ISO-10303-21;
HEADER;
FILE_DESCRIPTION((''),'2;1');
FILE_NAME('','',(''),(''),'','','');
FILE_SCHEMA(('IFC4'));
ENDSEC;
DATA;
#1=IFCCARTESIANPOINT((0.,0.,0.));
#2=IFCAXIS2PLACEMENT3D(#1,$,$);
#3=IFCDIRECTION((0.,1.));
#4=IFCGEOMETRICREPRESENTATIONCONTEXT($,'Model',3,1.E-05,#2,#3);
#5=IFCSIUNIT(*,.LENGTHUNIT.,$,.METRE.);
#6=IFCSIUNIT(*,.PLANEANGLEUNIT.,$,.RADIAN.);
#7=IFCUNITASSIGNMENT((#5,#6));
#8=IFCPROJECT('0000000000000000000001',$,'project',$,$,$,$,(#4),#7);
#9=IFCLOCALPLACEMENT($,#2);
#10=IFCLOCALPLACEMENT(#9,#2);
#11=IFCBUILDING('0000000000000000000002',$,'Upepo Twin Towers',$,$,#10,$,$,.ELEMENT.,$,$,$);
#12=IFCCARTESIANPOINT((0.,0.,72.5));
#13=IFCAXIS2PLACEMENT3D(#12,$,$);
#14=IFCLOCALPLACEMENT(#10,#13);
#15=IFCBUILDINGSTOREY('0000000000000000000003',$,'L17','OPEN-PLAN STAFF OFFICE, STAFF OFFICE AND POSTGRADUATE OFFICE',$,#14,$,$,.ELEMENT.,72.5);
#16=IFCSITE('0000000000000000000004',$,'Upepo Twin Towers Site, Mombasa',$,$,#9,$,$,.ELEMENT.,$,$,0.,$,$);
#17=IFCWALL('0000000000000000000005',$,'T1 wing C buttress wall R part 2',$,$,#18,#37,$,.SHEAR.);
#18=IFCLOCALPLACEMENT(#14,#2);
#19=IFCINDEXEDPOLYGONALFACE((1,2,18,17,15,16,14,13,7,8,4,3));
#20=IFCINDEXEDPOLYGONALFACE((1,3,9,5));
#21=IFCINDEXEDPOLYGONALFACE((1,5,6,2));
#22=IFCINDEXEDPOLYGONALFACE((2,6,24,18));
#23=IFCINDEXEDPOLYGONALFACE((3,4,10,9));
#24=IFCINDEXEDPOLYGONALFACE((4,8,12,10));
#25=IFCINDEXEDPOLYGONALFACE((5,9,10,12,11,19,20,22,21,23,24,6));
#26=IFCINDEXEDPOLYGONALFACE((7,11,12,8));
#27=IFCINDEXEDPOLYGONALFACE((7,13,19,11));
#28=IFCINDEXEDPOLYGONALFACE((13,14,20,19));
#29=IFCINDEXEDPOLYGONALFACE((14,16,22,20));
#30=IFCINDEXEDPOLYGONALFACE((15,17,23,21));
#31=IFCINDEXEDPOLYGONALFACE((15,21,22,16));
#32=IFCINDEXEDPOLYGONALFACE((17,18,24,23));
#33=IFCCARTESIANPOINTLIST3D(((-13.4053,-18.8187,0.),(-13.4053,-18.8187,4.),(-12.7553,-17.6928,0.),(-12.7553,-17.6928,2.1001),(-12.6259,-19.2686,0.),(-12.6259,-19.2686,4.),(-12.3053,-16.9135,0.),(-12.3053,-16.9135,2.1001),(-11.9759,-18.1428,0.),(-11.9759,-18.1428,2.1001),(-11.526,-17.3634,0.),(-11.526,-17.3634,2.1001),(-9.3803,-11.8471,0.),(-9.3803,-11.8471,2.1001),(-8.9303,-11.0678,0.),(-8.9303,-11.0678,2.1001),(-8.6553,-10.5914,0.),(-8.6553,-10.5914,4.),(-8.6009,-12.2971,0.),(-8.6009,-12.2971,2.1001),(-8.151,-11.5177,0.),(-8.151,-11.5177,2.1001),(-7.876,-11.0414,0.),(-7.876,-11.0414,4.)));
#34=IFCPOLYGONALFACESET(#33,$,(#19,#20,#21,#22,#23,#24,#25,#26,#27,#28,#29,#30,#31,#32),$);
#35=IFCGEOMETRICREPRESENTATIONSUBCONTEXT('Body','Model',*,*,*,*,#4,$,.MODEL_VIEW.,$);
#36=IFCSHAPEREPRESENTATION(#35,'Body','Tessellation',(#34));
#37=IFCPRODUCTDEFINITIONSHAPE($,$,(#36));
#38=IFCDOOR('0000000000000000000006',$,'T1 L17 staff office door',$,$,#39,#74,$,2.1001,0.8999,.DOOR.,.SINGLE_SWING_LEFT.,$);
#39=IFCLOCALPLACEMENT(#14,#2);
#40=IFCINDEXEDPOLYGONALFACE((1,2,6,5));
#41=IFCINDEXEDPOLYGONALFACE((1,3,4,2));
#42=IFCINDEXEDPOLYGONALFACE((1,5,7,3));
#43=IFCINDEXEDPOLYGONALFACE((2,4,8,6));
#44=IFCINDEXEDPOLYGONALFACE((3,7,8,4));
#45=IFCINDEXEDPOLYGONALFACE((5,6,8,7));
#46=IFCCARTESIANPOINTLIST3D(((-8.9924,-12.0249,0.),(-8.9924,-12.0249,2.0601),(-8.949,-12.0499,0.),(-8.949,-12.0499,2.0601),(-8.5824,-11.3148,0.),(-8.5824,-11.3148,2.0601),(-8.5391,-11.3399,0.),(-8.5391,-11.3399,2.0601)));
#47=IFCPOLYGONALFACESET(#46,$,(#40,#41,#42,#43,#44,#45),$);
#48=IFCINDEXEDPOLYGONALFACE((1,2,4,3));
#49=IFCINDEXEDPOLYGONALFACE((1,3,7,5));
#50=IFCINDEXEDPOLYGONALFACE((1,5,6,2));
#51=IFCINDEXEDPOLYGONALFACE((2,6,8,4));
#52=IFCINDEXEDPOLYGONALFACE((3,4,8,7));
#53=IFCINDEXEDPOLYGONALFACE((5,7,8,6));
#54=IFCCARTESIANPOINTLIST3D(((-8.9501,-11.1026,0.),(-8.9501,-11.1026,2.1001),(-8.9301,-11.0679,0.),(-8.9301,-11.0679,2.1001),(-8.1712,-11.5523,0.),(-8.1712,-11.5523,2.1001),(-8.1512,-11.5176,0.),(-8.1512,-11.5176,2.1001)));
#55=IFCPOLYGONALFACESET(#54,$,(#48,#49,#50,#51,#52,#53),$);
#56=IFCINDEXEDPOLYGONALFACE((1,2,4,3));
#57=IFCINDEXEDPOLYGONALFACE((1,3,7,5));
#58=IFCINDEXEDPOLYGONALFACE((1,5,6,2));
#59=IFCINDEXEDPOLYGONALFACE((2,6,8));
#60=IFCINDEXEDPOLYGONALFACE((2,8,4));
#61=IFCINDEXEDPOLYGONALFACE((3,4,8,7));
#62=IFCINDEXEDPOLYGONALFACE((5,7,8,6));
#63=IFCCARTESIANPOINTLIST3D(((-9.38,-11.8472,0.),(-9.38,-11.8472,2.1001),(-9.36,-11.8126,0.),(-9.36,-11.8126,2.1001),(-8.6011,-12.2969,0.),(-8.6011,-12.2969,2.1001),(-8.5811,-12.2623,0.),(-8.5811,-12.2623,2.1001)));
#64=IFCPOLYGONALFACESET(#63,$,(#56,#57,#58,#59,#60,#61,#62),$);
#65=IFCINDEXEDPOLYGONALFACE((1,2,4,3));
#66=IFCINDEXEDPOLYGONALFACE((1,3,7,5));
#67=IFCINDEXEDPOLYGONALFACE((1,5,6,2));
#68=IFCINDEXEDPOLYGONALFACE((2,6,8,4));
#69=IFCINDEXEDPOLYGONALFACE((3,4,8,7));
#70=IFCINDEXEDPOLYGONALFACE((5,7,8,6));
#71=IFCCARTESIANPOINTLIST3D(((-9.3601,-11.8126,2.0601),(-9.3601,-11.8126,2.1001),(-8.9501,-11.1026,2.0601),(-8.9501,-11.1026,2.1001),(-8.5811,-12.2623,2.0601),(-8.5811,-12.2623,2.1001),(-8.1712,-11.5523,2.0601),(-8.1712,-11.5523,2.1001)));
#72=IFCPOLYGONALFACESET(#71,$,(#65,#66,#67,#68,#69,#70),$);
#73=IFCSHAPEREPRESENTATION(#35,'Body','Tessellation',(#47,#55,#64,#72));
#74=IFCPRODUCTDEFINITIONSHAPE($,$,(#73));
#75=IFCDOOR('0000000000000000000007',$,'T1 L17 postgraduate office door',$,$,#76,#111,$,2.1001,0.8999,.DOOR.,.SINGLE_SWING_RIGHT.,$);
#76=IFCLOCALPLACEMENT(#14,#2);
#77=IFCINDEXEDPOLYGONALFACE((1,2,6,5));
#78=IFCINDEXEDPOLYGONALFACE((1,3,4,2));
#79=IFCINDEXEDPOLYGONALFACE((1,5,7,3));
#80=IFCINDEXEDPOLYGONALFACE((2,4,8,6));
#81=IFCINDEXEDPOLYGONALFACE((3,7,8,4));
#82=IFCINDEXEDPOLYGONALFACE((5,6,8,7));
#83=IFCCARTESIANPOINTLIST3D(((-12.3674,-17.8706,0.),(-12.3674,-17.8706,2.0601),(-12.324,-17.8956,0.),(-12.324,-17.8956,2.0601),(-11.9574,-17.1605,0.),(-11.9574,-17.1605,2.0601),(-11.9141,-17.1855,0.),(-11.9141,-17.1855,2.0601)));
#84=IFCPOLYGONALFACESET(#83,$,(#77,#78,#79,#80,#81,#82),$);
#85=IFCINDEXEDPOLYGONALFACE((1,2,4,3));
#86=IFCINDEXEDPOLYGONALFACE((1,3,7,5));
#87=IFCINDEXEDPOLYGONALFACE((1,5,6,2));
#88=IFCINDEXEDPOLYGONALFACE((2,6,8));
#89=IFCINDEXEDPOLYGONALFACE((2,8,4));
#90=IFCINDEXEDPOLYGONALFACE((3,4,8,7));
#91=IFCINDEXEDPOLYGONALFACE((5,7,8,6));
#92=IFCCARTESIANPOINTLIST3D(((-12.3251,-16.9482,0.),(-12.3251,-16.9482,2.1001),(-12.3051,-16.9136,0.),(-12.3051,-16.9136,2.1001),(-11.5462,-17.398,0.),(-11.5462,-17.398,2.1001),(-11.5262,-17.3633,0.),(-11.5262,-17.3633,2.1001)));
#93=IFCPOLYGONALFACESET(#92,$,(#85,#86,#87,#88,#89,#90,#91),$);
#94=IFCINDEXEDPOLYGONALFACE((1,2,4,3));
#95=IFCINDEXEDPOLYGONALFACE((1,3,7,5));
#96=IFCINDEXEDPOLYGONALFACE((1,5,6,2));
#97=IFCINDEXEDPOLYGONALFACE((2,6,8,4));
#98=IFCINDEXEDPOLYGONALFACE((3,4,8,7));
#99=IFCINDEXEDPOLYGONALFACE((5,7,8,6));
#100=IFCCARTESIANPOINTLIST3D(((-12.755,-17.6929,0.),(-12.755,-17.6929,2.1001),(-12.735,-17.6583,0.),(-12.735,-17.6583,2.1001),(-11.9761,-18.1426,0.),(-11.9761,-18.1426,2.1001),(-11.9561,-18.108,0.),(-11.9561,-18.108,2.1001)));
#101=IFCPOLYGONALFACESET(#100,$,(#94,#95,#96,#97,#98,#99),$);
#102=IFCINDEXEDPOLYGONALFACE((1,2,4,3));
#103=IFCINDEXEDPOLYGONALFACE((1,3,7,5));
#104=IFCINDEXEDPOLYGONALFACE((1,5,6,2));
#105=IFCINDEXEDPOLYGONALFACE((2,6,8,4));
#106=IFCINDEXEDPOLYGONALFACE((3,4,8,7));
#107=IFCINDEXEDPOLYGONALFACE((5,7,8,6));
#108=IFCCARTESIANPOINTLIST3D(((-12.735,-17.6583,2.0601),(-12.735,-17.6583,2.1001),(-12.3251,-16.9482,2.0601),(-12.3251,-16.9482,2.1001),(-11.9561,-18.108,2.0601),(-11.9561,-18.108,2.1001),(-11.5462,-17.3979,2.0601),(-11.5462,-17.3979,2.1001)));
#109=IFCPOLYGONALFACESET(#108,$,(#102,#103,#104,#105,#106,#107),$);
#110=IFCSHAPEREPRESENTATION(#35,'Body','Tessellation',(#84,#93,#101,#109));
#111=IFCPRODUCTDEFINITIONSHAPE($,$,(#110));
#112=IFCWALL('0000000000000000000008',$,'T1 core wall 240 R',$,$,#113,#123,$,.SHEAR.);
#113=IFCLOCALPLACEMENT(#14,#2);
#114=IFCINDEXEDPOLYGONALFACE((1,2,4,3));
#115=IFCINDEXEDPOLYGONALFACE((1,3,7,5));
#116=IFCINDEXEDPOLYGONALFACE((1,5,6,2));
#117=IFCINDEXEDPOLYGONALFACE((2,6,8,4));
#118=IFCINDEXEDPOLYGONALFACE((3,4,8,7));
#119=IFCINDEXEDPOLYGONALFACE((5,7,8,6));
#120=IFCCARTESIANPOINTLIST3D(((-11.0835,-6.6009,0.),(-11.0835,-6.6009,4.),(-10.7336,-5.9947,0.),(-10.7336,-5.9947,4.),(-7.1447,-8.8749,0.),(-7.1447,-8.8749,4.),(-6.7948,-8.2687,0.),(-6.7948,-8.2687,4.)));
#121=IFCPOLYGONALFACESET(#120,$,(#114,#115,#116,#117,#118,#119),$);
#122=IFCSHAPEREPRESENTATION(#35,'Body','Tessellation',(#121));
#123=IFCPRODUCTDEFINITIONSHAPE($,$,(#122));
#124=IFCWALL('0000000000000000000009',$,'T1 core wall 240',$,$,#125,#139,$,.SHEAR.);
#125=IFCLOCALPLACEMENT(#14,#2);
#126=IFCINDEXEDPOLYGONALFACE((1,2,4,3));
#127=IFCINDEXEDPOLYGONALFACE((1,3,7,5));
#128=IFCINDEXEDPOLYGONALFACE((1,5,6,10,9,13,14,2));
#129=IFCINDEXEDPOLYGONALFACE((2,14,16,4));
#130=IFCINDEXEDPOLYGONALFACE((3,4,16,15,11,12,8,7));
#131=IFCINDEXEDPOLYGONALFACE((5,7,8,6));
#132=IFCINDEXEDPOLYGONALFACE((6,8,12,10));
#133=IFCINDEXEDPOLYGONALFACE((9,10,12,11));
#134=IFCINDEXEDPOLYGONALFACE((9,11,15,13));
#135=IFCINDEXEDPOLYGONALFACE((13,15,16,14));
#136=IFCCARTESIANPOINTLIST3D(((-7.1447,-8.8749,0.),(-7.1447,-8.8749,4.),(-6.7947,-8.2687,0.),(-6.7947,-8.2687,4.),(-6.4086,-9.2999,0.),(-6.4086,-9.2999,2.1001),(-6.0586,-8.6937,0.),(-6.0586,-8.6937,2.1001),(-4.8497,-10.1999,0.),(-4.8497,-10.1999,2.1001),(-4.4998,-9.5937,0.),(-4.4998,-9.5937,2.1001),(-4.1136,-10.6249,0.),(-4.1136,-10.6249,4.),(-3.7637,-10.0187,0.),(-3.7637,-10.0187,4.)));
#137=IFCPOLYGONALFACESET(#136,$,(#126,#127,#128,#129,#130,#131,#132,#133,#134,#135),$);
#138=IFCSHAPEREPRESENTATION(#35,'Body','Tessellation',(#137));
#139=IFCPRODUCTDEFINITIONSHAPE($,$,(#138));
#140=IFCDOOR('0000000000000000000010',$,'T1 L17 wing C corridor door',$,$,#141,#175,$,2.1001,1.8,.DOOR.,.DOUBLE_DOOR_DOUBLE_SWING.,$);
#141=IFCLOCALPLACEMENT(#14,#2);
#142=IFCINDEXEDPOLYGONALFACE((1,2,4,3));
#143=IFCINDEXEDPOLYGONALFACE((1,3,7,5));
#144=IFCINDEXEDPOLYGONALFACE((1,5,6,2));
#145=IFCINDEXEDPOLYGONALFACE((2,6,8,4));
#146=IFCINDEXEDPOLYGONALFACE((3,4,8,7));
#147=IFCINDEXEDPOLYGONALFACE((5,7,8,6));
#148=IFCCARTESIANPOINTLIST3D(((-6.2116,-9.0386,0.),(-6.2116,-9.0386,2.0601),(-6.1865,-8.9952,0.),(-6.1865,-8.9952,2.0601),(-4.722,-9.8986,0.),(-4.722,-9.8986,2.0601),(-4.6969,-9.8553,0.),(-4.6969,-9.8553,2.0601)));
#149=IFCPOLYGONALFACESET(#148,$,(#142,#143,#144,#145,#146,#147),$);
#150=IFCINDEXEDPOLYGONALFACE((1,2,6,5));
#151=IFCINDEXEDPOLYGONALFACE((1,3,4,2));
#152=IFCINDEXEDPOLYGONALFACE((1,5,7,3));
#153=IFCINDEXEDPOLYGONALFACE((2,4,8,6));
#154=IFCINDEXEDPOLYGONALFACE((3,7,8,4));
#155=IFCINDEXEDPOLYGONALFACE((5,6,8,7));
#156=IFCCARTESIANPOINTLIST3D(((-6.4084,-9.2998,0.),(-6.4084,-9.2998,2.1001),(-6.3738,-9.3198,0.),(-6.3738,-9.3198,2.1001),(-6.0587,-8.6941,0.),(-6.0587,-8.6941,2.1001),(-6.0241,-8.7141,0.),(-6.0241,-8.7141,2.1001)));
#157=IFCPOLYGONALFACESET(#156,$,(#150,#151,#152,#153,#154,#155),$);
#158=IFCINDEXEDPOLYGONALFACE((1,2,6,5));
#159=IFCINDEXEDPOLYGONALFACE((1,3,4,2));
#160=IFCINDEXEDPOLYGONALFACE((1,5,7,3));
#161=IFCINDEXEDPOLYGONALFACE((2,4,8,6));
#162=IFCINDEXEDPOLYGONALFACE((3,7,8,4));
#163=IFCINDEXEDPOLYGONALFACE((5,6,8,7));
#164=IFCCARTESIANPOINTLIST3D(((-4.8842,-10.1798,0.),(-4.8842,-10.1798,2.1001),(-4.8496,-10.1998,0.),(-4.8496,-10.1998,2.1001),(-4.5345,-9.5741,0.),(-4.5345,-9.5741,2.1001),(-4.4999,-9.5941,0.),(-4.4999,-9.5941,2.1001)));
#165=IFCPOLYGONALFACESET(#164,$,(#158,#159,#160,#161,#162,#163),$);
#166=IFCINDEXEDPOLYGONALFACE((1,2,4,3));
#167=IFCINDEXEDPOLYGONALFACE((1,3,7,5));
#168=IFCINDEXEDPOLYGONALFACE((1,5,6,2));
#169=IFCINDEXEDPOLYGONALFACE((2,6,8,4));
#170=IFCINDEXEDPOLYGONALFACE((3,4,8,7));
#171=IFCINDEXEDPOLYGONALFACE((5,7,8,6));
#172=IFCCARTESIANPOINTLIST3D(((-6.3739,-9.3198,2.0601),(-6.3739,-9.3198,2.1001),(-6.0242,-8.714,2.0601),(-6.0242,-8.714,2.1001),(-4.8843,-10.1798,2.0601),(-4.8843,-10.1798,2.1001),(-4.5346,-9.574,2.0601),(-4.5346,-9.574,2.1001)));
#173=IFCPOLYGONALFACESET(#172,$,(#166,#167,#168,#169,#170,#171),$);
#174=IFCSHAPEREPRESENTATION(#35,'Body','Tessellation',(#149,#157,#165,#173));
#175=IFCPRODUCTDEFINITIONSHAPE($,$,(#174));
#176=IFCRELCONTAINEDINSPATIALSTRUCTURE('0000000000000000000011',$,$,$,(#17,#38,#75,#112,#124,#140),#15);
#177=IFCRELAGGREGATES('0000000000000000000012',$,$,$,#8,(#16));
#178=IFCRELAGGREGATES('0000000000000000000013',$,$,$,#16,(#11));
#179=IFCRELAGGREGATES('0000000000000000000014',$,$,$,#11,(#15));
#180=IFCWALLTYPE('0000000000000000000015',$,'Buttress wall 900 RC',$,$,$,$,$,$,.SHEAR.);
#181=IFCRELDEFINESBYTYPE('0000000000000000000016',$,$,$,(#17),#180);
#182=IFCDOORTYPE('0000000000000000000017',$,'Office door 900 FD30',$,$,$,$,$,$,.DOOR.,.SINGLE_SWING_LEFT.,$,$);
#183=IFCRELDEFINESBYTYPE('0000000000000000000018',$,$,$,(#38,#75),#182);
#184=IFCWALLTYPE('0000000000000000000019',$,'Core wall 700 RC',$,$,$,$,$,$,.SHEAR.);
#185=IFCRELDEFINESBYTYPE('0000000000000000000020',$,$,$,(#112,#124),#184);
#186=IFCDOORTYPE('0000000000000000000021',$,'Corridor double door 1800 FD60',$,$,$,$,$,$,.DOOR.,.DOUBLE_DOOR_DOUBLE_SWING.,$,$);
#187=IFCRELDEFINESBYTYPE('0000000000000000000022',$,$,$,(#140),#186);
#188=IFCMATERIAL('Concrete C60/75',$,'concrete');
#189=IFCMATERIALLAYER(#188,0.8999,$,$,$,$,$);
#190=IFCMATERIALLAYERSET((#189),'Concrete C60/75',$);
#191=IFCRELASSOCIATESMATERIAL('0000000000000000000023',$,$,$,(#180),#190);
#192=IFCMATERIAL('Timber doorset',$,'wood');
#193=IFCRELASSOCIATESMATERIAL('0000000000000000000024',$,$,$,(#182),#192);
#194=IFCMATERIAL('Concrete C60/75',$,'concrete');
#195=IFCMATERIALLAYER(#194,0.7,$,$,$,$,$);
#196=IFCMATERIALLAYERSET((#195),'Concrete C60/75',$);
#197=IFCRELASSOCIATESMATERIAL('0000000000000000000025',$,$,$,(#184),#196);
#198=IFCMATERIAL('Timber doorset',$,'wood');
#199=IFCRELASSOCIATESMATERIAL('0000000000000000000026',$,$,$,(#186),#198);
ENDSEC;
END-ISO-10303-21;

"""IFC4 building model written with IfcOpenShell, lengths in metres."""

from ifc_helpers import new_model, si_unit, direction, frame, frame_2d, origin, place, context, subcontext, project, spatial, rectangle, extrude, material, layer, layer_set, type_object, element, fill, save


model = new_model("IFC4")

# Units and contexts
model_context = context("Model", 3, precision=1e-05, world=origin(), true_north=direction((0.0, 1.0)))
body_context = subcontext(model_context, "Body", "Model", "MODEL_VIEW")
ifc_project = project(units=[si_unit("LENGTHUNIT", "METRE"), si_unit("PLANEANGLEUNIT", "RADIAN")], contexts=[model_context])

# Site, building, storey
site_placement = place(None, origin())
site = spatial("IfcSite", under=ifc_project, at=site_placement, Name="Upepo Twin Towers Site, Mombasa", CompositionType="ELEMENT", RefElevation=0.0)
building_placement = place(site_placement, origin())
building = spatial("IfcBuilding", under=site, at=building_placement, Name="Upepo Twin Towers", CompositionType="ELEMENT")
storey_placement = place(building_placement, frame((0.0, 0.0, 72.5)))
storey = spatial("IfcBuildingStorey", under=building, at=storey_placement, Name="L17", Description="OPEN-PLAN STAFF OFFICE, STAFF OFFICE AND POSTGRADUATE OFFICE", CompositionType="ELEMENT", Elevation=72.5)

# Wall, openings, doors
ifc_material_1 = material(Name="Concrete C60/75", Category="concrete")
ifc_layer_1 = layer(ifc_material_1, 0.8999)
ifc_layer_set_1 = layer_set([ifc_layer_1], Name="Concrete C60/75")
wall_type_1 = type_object("IfcWallType", Name="Buttress wall 900 RC", PredefinedType="SHEAR", material=ifc_layer_set_1)
wall_1_placement = place(storey_placement, frame((-8.2656, -10.8164, 0.0), z_axis=(0.0, 0.0, 1.0), x_axis=(-0.499998, -0.866027, 0.0)))
wall_1 = element("IfcWall", 1, at=wall_1_placement, inside=storey, type_object=wall_type_1, Name="T1 wing C buttress wall R part 2", PredefinedType="SHEAR", context=body_context, shape_type="SweptSolid", body=[
    extrude(rectangle(XDim=9.5, YDim=0.8999, at=frame_2d((4.75, 0.0))), origin(), (0.0, 0.0, 1.0), 4.0),
])
opening_1_placement = place(wall_1_placement, frame((0.55, 0.0, 0.0)))
opening_1 = element("IfcOpeningElement", 2, at=opening_1_placement, cuts=wall_1, PredefinedType="OPENING", context=body_context, shape_type="SweptSolid", body=[
    extrude(rectangle(XDim=0.8999, YDim=2.1001, at=frame_2d((0.45, 1.05))), frame((0.0, 0.46, 0.0), z_axis=(0.0, -1.0, 0.0), x_axis=(1.0, 0.0, 0.0)), (0.0, 0.0, 1.0), 0.9199),
])
opening_2_placement = place(wall_1_placement, frame((7.3, 0.0, 0.0)))
opening_2 = element("IfcOpeningElement", 3, at=opening_2_placement, cuts=wall_1, PredefinedType="OPENING", context=body_context, shape_type="SweptSolid", body=[
    extrude(rectangle(XDim=0.8999, YDim=2.1001, at=frame_2d((0.45, 1.05))), frame((0.0, 0.46, 0.0), z_axis=(0.0, -1.0, 0.0), x_axis=(1.0, 0.0, 0.0)), (0.0, 0.0, 1.0), 0.9199),
])
ifc_material_2 = material(Name="Timber doorset", Category="wood")
door_type_1 = type_object("IfcDoorType", Name="Office door 900 FD30", OperationType="SINGLE_SWING_LEFT", PredefinedType="DOOR", material=ifc_material_2)
door_1_placement = place(opening_1_placement, origin())
door_1 = element("IfcDoor", 4, at=door_1_placement, inside=storey, type_object=door_type_1, Name="T1 L17 staff office door", OperationType="SINGLE_SWING_LEFT", OverallHeight=2.1001, OverallWidth=0.8999, PredefinedType="DOOR", context=body_context, shape_type="SweptSolid", body=[
    extrude(rectangle(XDim=0.8199, YDim=2.0601, at=frame_2d((0.45, 1.03))), frame((0.0, 0.0249, 0.0), z_axis=(0.0, -1.0, 0.0), x_axis=(1.0, 0.0, 0.0)), (0.0, 0.0, 1.0), 0.05),
    extrude(rectangle(XDim=0.04, YDim=2.1001, at=frame_2d((0.02, 1.05))), frame((0.0, 0.4497, 0.0), z_axis=(0.0, -1.0, 0.0), x_axis=(1.0, 0.0, 0.0)), (0.0, 0.0, 1.0), 0.8994),
    extrude(rectangle(XDim=0.04, YDim=2.1001, at=frame_2d((0.8799, 1.05))), frame((0.0, 0.4497, 0.0), z_axis=(0.0, -1.0, 0.0), x_axis=(1.0, 0.0, 0.0)), (0.0, 0.0, 1.0), 0.8994),
    extrude(rectangle(XDim=0.8199, YDim=0.04, at=frame_2d((0.45, 2.0801))), frame((0.0, 0.4497, 0.0), z_axis=(0.0, -1.0, 0.0), x_axis=(1.0, 0.0, 0.0)), (0.0, 0.0, 1.0), 0.8994),
])
fill(opening_1, door_1)
door_2_placement = place(opening_2_placement, origin())
door_2 = element("IfcDoor", 5, at=door_2_placement, inside=storey, type_object=door_type_1, Name="T1 L17 postgraduate office door", OperationType="SINGLE_SWING_RIGHT", OverallHeight=2.1001, OverallWidth=0.8999, PredefinedType="DOOR", context=body_context, shape_type="SweptSolid", body=[
    extrude(rectangle(XDim=0.8199, YDim=2.0601, at=frame_2d((0.45, 1.03))), frame((0.0, 0.0249, 0.0), z_axis=(0.0, -1.0, 0.0), x_axis=(1.0, 0.0, 0.0)), (0.0, 0.0, 1.0), 0.05),
    extrude(rectangle(XDim=0.04, YDim=2.1001, at=frame_2d((0.02, 1.05))), frame((0.0, 0.4497, 0.0), z_axis=(0.0, -1.0, 0.0), x_axis=(1.0, 0.0, 0.0)), (0.0, 0.0, 1.0), 0.8994),
    extrude(rectangle(XDim=0.04, YDim=2.1001, at=frame_2d((0.8799, 1.05))), frame((0.0, 0.4497, 0.0), z_axis=(0.0, -1.0, 0.0), x_axis=(1.0, 0.0, 0.0)), (0.0, 0.0, 1.0), 0.8994),
    extrude(rectangle(XDim=0.8199, YDim=0.04, at=frame_2d((0.45, 2.0801))), frame((0.0, 0.4497, 0.0), z_axis=(0.0, -1.0, 0.0), x_axis=(1.0, 0.0, 0.0)), (0.0, 0.0, 1.0), 0.8994),
])
fill(opening_2, door_2)

# Wall
ifc_material_3 = material(Name="Concrete C60/75", Category="concrete")
ifc_layer_2 = layer(ifc_material_3, 0.7)
ifc_layer_set_2 = layer_set([ifc_layer_2], Name="Concrete C60/75")
wall_type_2 = type_object("IfcWallType", Name="Core wall 700 RC", PredefinedType="SHEAR", material=ifc_layer_set_2)
wall_2_placement = place(storey_placement, frame((-10.9084, -6.2979, 0.0), z_axis=(0.0, 0.0, 1.0), x_axis=(0.866035, -0.499984, 0.0)))
element("IfcWall", 6, at=wall_2_placement, inside=storey, type_object=wall_type_2, Name="T1 core wall 240 R", PredefinedType="SHEAR", context=body_context, shape_type="SweptSolid", body=[
    extrude(rectangle(XDim=4.5481, YDim=0.7, at=frame_2d((2.2739, 0.0))), origin(), (0.0, 0.0, 1.0), 4.0),
])

# Wall, opening, door
wall_3_placement = place(storey_placement, frame((-6.9697, -8.5718, 0.0), z_axis=(0.0, 0.0, 1.0), x_axis=(0.866019, -0.50001, 0.0)))
wall_3 = element("IfcWall", 7, at=wall_3_placement, inside=storey, type_object=wall_type_2, Name="T1 core wall 240", PredefinedType="SHEAR", context=body_context, shape_type="SweptSolid", body=[
    extrude(rectangle(XDim=3.5, YDim=0.7, at=frame_2d((1.75, 0.0))), origin(), (0.0, 0.0, 1.0), 4.0),
])
opening_3_placement = place(wall_3_placement, frame((0.8501, 0.0, 0.0)))
opening_3 = element("IfcOpeningElement", 8, at=opening_3_placement, cuts=wall_3, PredefinedType="OPENING", context=body_context, shape_type="SweptSolid", body=[
    extrude(rectangle(XDim=1.8, YDim=2.1001, at=frame_2d((0.8999, 1.05))), frame((0.0, 0.3599, 0.0), z_axis=(0.0, -1.0, 0.0), x_axis=(1.0, 0.0, 0.0)), (0.0, 0.0, 1.0), 0.72),
])
ifc_material_4 = material(Name="Timber doorset", Category="wood")
door_type_2 = type_object("IfcDoorType", Name="Corridor double door 1800 FD60", OperationType="DOUBLE_DOOR_DOUBLE_SWING", PredefinedType="DOOR", material=ifc_material_4)
door_3_placement = place(opening_3_placement, origin())
door_3 = element("IfcDoor", 9, at=door_3_placement, inside=storey, type_object=door_type_2, Name="T1 L17 wing C corridor door", OperationType="DOUBLE_DOOR_DOUBLE_SWING", OverallHeight=2.1001, OverallWidth=1.8, PredefinedType="DOOR", context=body_context, shape_type="SweptSolid", body=[
    extrude(rectangle(XDim=1.72, YDim=2.0601, at=frame_2d((0.8999, 1.03))), frame((0.0, 0.0249, 0.0), z_axis=(0.0, -1.0, 0.0), x_axis=(1.0, 0.0, 0.0)), (0.0, 0.0, 1.0), 0.05),
    extrude(rectangle(XDim=0.04, YDim=2.1001, at=frame_2d((0.02, 1.05))), frame((0.0, 0.3496, 0.0), z_axis=(0.0, -1.0, 0.0), x_axis=(1.0, 0.0, 0.0)), (0.0, 0.0, 1.0), 0.6995),
    extrude(rectangle(XDim=0.04, YDim=2.1001, at=frame_2d((1.78, 1.05))), frame((0.0, 0.3496, 0.0), z_axis=(0.0, -1.0, 0.0), x_axis=(1.0, 0.0, 0.0)), (0.0, 0.0, 1.0), 0.6995),
    extrude(rectangle(XDim=1.72, YDim=0.04, at=frame_2d((0.8999, 2.0801))), frame((0.0, 0.3496, 0.0), z_axis=(0.0, -1.0, 0.0), x_axis=(1.0, 0.0, 0.0)), (0.0, 0.0, 1.0), 0.6995),
])
fill(opening_3, door_3)

save(model, "model.ifc")
